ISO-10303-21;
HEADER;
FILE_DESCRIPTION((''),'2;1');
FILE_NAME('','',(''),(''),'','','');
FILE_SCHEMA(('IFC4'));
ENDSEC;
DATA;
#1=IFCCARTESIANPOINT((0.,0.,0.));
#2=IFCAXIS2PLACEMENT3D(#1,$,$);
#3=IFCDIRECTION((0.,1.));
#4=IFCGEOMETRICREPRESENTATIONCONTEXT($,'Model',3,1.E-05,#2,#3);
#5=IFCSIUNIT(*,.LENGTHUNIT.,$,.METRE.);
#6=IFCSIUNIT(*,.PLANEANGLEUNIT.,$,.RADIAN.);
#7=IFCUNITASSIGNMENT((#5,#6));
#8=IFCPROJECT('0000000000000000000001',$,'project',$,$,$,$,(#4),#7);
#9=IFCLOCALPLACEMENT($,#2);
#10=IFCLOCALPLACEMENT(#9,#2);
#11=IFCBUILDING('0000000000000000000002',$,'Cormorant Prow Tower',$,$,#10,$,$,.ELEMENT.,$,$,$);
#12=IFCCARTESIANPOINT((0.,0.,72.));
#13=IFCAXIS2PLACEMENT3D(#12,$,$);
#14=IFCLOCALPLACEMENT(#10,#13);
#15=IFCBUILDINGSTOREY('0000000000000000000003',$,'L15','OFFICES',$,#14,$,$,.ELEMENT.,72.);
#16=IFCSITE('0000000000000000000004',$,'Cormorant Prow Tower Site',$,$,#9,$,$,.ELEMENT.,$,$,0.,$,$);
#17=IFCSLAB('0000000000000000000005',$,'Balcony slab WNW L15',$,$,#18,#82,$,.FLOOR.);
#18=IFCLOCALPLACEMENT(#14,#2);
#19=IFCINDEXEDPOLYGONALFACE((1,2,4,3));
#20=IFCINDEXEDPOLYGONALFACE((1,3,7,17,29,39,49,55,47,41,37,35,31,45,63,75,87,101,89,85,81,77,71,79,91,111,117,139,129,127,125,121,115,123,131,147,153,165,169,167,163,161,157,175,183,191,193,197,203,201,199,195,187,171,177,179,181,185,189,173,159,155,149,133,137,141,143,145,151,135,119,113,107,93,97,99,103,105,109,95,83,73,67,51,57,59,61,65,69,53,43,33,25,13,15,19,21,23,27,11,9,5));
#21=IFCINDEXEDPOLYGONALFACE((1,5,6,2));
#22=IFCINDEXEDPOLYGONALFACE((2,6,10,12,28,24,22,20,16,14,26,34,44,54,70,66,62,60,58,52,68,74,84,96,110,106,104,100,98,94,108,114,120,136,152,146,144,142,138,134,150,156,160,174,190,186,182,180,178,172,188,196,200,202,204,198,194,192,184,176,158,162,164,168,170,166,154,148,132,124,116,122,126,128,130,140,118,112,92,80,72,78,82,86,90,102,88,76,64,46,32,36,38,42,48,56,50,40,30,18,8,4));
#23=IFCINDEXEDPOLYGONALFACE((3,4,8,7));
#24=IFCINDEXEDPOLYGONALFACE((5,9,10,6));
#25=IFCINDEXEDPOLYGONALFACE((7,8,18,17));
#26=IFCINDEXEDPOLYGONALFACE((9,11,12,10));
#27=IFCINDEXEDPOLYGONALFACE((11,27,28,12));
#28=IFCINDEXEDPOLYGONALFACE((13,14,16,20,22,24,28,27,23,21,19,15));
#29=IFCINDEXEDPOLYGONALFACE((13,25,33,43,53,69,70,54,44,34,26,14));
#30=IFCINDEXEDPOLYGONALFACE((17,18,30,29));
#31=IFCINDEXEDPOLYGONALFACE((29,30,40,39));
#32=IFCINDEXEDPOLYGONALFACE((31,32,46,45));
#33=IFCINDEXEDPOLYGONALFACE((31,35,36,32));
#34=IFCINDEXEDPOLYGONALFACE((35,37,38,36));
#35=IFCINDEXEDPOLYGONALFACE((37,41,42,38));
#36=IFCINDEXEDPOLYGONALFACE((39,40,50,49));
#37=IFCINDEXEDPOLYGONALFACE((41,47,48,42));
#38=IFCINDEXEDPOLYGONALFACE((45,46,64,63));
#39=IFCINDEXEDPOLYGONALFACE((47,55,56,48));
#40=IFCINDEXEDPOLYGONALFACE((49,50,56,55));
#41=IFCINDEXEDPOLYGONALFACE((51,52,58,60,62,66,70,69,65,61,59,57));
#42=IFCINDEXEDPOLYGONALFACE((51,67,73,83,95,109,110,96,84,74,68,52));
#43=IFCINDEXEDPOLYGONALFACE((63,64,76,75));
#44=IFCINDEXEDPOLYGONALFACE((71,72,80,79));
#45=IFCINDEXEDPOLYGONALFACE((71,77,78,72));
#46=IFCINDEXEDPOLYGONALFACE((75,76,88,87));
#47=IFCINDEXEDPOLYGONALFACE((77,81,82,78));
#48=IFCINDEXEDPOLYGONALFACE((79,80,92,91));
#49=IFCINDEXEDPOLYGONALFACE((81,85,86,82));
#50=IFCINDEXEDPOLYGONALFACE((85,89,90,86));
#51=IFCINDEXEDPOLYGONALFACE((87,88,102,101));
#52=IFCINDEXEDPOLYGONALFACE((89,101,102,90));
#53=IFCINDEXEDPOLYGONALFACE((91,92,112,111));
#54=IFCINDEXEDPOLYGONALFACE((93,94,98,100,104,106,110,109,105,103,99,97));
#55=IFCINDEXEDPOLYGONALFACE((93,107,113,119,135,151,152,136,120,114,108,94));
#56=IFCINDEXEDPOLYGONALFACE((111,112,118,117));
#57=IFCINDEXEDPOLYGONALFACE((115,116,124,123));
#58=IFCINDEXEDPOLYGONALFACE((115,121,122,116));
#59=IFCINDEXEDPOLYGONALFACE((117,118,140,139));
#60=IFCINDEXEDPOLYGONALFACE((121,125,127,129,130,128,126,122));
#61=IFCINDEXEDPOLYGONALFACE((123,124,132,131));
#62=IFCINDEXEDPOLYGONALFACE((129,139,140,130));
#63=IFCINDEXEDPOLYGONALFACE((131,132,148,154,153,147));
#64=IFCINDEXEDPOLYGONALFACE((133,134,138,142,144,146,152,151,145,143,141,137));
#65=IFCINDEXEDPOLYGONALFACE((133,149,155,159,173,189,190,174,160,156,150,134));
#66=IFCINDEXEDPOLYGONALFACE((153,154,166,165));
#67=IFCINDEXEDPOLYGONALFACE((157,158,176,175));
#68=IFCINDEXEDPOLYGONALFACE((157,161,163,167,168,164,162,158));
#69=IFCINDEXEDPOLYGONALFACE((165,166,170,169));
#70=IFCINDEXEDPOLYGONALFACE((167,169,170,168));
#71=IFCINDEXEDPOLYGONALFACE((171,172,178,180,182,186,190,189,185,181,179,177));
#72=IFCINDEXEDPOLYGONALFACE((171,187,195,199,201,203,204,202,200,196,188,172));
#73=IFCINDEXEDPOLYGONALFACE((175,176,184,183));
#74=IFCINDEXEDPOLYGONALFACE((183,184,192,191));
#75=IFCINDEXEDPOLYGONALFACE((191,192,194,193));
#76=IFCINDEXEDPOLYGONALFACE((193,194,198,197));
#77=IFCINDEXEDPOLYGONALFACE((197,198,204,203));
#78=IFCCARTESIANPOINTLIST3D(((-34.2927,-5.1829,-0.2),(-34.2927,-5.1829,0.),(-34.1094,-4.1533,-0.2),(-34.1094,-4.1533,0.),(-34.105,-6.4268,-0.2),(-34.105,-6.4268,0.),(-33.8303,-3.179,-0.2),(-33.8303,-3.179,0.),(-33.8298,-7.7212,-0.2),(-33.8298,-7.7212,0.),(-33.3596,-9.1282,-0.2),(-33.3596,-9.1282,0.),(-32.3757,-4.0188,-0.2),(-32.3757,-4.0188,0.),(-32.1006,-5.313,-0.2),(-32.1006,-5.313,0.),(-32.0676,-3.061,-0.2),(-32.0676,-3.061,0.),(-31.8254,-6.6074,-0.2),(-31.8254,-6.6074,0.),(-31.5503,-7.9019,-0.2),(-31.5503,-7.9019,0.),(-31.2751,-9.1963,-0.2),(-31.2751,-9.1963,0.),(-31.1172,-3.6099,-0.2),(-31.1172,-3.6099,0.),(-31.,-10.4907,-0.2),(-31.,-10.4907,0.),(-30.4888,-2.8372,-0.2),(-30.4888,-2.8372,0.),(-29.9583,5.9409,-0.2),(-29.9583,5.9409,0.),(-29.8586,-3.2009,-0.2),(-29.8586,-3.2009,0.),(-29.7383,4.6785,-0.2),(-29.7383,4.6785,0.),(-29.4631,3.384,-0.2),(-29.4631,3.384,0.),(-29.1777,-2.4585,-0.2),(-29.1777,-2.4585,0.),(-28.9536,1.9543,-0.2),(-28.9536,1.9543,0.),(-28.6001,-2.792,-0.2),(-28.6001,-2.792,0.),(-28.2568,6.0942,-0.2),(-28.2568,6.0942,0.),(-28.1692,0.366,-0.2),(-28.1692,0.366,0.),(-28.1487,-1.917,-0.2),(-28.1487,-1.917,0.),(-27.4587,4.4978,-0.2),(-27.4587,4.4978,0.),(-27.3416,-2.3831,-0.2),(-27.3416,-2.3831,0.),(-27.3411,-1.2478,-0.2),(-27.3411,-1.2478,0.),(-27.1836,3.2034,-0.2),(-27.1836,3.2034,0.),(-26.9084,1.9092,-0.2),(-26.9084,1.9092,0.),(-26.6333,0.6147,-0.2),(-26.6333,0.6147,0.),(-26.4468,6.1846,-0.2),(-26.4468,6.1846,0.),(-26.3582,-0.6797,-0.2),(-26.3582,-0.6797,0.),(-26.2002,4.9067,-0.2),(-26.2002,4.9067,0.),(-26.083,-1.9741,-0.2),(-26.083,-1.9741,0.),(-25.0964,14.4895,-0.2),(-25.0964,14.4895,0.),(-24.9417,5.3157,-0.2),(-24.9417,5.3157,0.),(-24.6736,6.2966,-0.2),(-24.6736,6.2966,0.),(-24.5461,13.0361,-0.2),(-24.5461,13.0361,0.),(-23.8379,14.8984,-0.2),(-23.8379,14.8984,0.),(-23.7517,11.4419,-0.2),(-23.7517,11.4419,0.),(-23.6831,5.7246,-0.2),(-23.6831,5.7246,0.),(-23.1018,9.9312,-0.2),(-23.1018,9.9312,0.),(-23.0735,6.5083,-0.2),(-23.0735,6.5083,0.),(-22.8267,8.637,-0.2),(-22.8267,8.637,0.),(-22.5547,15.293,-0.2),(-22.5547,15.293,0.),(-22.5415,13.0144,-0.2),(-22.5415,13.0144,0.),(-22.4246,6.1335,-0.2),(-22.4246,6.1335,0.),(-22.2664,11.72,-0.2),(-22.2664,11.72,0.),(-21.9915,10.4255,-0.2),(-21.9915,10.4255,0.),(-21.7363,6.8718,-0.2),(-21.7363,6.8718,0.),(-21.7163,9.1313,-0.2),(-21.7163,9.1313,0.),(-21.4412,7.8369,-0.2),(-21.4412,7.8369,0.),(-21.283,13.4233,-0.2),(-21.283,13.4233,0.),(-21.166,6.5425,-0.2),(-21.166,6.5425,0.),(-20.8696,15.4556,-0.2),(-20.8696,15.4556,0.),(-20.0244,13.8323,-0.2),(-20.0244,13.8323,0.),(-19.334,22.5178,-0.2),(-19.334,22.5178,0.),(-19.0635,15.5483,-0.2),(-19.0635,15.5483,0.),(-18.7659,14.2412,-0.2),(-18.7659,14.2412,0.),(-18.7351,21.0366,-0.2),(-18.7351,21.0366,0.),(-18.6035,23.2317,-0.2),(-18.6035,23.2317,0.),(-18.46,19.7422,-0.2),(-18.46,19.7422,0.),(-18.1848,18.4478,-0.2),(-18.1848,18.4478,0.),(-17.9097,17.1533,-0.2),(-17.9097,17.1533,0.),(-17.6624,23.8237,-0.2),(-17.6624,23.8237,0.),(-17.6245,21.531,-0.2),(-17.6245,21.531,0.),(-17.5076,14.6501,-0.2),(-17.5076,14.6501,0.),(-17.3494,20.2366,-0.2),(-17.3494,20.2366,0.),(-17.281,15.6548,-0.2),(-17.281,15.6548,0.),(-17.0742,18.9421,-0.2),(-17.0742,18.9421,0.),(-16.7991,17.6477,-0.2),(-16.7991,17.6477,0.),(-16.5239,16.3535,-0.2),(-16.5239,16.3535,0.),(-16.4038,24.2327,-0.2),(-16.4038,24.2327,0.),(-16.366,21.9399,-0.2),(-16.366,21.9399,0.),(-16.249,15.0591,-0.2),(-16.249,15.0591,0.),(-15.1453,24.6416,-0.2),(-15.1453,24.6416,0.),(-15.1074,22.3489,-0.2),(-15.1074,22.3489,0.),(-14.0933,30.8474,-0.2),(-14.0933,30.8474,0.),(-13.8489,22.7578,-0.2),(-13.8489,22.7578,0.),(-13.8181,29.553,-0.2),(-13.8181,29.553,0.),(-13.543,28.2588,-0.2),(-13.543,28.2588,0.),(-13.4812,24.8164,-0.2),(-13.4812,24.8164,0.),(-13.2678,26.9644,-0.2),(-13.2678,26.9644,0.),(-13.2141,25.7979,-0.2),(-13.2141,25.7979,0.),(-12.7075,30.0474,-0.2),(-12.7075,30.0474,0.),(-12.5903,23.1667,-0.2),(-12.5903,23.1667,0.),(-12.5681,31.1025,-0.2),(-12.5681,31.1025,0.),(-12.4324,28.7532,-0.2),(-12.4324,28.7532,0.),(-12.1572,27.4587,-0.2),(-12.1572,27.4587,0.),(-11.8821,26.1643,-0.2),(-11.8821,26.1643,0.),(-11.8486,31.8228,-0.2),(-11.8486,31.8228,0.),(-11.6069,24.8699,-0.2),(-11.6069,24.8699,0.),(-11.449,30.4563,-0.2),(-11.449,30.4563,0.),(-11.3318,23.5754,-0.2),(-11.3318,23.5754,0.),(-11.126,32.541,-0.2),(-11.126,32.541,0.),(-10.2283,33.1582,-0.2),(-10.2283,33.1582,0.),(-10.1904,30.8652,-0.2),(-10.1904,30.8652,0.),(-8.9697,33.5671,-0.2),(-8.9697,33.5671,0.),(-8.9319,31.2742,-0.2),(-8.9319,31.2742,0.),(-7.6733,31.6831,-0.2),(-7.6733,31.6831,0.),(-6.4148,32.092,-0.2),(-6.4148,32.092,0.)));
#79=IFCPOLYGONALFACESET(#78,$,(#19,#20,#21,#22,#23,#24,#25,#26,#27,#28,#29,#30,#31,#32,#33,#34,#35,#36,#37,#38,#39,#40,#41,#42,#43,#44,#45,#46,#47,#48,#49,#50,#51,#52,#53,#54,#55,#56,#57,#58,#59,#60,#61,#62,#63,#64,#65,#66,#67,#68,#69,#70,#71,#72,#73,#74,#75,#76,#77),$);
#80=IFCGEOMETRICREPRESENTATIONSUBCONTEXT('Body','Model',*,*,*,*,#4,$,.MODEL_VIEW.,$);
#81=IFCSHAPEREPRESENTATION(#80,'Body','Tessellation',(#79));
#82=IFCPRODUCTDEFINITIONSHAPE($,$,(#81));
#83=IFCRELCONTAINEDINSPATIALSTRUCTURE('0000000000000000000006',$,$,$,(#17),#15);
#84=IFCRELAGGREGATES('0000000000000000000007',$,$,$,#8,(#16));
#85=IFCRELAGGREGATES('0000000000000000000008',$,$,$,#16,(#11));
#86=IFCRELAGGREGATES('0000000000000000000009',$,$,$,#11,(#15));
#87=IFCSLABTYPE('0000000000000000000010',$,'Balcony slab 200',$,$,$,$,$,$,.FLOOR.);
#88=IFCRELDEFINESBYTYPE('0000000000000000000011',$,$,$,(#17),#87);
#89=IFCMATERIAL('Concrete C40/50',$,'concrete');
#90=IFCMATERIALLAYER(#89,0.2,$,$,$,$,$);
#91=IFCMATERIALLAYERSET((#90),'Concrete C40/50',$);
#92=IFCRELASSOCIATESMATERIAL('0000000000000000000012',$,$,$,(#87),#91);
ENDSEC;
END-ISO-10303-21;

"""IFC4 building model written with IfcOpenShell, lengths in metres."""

from ifc_helpers import new_model, si_unit, direction, frame, origin, place, context, subcontext, project, spatial, polyline, outline, extrude, material, layer, layer_set, type_object, element, save


model = new_model("IFC4")

# Units and contexts
model_context = context("Model", 3, precision=1e-05, world=origin(), true_north=direction((0.0, 1.0)))
body_context = subcontext(model_context, "Body", "Model", "MODEL_VIEW")
ifc_project = project(units=[si_unit("LENGTHUNIT", "METRE"), si_unit("PLANEANGLEUNIT", "RADIAN")], contexts=[model_context])

# Site, building, storey
site_placement = place(None, origin())
site = spatial("IfcSite", under=ifc_project, at=site_placement, Name="Cormorant Prow Tower Site", CompositionType="ELEMENT", RefElevation=0.0)
building_placement = place(site_placement, origin())
building = spatial("IfcBuilding", under=site, at=building_placement, Name="Cormorant Prow Tower", CompositionType="ELEMENT")
storey_placement = place(building_placement, frame((0.0, 0.0, 72.0)))
storey = spatial("IfcBuildingStorey", under=building, at=storey_placement, Name="L15", Description="OFFICES", CompositionType="ELEMENT", Elevation=72.0)

# Slab
ifc_material_1 = material(Name="Concrete C40/50", Category="concrete")
ifc_layer_1 = layer(ifc_material_1, 0.2)
ifc_layer_set_1 = layer_set([ifc_layer_1], Name="Concrete C40/50")
slab_type_1 = type_object("IfcSlabType", Name="Balcony slab 200", PredefinedType="FLOOR", material=ifc_layer_set_1)
slab_1_placement = place(storey_placement, frame((0.0, 0.0, -0.2)))
element("IfcSlab", 1, at=slab_1_placement, inside=storey, type_object=slab_type_1, Name="Balcony slab WNW L15", PredefinedType="FLOOR", context=body_context, shape_type="SweptSolid", body=[
    extrude(outline(polyline([(-6.4148, 32.092), (-8.9697, 33.5671), (-10.2283, 33.1582), (-11.126, 32.541), (-11.8486, 31.8228), (-12.5681, 31.1025), (-14.0933, 30.8474), (-13.8181, 29.553), (-13.543, 28.2588), (-13.2678, 26.9644), (-13.2141, 25.7979), (-13.4812, 24.8164), (-15.1453, 24.6416), (-16.4038, 24.2327), (-17.6624, 23.8237), (-18.6035, 23.2317), (-19.334, 22.5178), (-18.7351, 21.0366), (-18.46, 19.7422), (-18.1848, 18.4478), (-17.9097, 17.1533), (-17.281, 15.6548), (-19.0635, 15.5483), (-20.8696, 15.4556), (-22.5547, 15.293), (-23.8379, 14.8984), (-25.0964, 14.4895), (-24.5461, 13.0361), (-23.7517, 11.4419), (-23.1018, 9.9312), (-22.8267, 8.637), (-21.7363, 6.8718), (-23.0735, 6.5083), (-24.6736, 6.2966), (-26.4468, 6.1846), (-28.2568, 6.0942), (-29.9583, 5.9409), (-29.7383, 4.6785), (-29.4631, 3.384), (-28.9536, 1.9543), (-28.1692, 0.366), (-27.3411, -1.2478), (-28.1487, -1.917), (-29.1777, -2.4585), (-30.4888, -2.8372), (-32.0676, -3.061), (-33.8303, -3.179), (-34.1094, -4.1533), (-34.2927, -5.1829), (-34.105, -6.4268), (-33.8298, -7.7212), (-33.3596, -9.1282), (-31.0, -10.4907), (-31.2751, -9.1963), (-31.5503, -7.9019), (-31.8254, -6.6074), (-32.1006, -5.313), (-32.3757, -4.0188), (-31.1172, -3.6099), (-29.8586, -3.2009), (-28.6001, -2.792), (-27.3416, -2.3831), (-26.083, -1.9741), (-26.3582, -0.6797), (-26.6333, 0.6147), (-26.9084, 1.9092), (-27.1836, 3.2034), (-27.4587, 4.4978), (-26.2002, 4.9067), (-24.9417, 5.3157), (-23.6831, 5.7246), (-22.4246, 6.1335), (-21.166, 6.5425), (-21.4412, 7.8369), (-21.7163, 9.1313), (-21.9915, 10.4255), (-22.2664, 11.72), (-22.5415, 13.0144), (-21.283, 13.4233), (-20.0244, 13.8323), (-18.7659, 14.2412), (-17.5076, 14.6501), (-16.249, 15.0591), (-16.5239, 16.3535), (-16.7991, 17.6477), (-17.0742, 18.9421), (-17.3494, 20.2366), (-17.6245, 21.531), (-16.366, 21.9399), (-15.1074, 22.3489), (-13.8489, 22.7578), (-12.5903, 23.1667), (-11.3318, 23.5754), (-11.6069, 24.8699), (-11.8821, 26.1643), (-12.1572, 27.4587), (-12.4324, 28.7532), (-12.7075, 30.0474), (-11.449, 30.4563), (-10.1904, 30.8652), (-8.9319, 31.2742), (-7.6733, 31.6831), (-6.4148, 32.092)])), origin(), (0.0, 0.0, 1.0), 0.2),
])

save(model, "model.ifc")
